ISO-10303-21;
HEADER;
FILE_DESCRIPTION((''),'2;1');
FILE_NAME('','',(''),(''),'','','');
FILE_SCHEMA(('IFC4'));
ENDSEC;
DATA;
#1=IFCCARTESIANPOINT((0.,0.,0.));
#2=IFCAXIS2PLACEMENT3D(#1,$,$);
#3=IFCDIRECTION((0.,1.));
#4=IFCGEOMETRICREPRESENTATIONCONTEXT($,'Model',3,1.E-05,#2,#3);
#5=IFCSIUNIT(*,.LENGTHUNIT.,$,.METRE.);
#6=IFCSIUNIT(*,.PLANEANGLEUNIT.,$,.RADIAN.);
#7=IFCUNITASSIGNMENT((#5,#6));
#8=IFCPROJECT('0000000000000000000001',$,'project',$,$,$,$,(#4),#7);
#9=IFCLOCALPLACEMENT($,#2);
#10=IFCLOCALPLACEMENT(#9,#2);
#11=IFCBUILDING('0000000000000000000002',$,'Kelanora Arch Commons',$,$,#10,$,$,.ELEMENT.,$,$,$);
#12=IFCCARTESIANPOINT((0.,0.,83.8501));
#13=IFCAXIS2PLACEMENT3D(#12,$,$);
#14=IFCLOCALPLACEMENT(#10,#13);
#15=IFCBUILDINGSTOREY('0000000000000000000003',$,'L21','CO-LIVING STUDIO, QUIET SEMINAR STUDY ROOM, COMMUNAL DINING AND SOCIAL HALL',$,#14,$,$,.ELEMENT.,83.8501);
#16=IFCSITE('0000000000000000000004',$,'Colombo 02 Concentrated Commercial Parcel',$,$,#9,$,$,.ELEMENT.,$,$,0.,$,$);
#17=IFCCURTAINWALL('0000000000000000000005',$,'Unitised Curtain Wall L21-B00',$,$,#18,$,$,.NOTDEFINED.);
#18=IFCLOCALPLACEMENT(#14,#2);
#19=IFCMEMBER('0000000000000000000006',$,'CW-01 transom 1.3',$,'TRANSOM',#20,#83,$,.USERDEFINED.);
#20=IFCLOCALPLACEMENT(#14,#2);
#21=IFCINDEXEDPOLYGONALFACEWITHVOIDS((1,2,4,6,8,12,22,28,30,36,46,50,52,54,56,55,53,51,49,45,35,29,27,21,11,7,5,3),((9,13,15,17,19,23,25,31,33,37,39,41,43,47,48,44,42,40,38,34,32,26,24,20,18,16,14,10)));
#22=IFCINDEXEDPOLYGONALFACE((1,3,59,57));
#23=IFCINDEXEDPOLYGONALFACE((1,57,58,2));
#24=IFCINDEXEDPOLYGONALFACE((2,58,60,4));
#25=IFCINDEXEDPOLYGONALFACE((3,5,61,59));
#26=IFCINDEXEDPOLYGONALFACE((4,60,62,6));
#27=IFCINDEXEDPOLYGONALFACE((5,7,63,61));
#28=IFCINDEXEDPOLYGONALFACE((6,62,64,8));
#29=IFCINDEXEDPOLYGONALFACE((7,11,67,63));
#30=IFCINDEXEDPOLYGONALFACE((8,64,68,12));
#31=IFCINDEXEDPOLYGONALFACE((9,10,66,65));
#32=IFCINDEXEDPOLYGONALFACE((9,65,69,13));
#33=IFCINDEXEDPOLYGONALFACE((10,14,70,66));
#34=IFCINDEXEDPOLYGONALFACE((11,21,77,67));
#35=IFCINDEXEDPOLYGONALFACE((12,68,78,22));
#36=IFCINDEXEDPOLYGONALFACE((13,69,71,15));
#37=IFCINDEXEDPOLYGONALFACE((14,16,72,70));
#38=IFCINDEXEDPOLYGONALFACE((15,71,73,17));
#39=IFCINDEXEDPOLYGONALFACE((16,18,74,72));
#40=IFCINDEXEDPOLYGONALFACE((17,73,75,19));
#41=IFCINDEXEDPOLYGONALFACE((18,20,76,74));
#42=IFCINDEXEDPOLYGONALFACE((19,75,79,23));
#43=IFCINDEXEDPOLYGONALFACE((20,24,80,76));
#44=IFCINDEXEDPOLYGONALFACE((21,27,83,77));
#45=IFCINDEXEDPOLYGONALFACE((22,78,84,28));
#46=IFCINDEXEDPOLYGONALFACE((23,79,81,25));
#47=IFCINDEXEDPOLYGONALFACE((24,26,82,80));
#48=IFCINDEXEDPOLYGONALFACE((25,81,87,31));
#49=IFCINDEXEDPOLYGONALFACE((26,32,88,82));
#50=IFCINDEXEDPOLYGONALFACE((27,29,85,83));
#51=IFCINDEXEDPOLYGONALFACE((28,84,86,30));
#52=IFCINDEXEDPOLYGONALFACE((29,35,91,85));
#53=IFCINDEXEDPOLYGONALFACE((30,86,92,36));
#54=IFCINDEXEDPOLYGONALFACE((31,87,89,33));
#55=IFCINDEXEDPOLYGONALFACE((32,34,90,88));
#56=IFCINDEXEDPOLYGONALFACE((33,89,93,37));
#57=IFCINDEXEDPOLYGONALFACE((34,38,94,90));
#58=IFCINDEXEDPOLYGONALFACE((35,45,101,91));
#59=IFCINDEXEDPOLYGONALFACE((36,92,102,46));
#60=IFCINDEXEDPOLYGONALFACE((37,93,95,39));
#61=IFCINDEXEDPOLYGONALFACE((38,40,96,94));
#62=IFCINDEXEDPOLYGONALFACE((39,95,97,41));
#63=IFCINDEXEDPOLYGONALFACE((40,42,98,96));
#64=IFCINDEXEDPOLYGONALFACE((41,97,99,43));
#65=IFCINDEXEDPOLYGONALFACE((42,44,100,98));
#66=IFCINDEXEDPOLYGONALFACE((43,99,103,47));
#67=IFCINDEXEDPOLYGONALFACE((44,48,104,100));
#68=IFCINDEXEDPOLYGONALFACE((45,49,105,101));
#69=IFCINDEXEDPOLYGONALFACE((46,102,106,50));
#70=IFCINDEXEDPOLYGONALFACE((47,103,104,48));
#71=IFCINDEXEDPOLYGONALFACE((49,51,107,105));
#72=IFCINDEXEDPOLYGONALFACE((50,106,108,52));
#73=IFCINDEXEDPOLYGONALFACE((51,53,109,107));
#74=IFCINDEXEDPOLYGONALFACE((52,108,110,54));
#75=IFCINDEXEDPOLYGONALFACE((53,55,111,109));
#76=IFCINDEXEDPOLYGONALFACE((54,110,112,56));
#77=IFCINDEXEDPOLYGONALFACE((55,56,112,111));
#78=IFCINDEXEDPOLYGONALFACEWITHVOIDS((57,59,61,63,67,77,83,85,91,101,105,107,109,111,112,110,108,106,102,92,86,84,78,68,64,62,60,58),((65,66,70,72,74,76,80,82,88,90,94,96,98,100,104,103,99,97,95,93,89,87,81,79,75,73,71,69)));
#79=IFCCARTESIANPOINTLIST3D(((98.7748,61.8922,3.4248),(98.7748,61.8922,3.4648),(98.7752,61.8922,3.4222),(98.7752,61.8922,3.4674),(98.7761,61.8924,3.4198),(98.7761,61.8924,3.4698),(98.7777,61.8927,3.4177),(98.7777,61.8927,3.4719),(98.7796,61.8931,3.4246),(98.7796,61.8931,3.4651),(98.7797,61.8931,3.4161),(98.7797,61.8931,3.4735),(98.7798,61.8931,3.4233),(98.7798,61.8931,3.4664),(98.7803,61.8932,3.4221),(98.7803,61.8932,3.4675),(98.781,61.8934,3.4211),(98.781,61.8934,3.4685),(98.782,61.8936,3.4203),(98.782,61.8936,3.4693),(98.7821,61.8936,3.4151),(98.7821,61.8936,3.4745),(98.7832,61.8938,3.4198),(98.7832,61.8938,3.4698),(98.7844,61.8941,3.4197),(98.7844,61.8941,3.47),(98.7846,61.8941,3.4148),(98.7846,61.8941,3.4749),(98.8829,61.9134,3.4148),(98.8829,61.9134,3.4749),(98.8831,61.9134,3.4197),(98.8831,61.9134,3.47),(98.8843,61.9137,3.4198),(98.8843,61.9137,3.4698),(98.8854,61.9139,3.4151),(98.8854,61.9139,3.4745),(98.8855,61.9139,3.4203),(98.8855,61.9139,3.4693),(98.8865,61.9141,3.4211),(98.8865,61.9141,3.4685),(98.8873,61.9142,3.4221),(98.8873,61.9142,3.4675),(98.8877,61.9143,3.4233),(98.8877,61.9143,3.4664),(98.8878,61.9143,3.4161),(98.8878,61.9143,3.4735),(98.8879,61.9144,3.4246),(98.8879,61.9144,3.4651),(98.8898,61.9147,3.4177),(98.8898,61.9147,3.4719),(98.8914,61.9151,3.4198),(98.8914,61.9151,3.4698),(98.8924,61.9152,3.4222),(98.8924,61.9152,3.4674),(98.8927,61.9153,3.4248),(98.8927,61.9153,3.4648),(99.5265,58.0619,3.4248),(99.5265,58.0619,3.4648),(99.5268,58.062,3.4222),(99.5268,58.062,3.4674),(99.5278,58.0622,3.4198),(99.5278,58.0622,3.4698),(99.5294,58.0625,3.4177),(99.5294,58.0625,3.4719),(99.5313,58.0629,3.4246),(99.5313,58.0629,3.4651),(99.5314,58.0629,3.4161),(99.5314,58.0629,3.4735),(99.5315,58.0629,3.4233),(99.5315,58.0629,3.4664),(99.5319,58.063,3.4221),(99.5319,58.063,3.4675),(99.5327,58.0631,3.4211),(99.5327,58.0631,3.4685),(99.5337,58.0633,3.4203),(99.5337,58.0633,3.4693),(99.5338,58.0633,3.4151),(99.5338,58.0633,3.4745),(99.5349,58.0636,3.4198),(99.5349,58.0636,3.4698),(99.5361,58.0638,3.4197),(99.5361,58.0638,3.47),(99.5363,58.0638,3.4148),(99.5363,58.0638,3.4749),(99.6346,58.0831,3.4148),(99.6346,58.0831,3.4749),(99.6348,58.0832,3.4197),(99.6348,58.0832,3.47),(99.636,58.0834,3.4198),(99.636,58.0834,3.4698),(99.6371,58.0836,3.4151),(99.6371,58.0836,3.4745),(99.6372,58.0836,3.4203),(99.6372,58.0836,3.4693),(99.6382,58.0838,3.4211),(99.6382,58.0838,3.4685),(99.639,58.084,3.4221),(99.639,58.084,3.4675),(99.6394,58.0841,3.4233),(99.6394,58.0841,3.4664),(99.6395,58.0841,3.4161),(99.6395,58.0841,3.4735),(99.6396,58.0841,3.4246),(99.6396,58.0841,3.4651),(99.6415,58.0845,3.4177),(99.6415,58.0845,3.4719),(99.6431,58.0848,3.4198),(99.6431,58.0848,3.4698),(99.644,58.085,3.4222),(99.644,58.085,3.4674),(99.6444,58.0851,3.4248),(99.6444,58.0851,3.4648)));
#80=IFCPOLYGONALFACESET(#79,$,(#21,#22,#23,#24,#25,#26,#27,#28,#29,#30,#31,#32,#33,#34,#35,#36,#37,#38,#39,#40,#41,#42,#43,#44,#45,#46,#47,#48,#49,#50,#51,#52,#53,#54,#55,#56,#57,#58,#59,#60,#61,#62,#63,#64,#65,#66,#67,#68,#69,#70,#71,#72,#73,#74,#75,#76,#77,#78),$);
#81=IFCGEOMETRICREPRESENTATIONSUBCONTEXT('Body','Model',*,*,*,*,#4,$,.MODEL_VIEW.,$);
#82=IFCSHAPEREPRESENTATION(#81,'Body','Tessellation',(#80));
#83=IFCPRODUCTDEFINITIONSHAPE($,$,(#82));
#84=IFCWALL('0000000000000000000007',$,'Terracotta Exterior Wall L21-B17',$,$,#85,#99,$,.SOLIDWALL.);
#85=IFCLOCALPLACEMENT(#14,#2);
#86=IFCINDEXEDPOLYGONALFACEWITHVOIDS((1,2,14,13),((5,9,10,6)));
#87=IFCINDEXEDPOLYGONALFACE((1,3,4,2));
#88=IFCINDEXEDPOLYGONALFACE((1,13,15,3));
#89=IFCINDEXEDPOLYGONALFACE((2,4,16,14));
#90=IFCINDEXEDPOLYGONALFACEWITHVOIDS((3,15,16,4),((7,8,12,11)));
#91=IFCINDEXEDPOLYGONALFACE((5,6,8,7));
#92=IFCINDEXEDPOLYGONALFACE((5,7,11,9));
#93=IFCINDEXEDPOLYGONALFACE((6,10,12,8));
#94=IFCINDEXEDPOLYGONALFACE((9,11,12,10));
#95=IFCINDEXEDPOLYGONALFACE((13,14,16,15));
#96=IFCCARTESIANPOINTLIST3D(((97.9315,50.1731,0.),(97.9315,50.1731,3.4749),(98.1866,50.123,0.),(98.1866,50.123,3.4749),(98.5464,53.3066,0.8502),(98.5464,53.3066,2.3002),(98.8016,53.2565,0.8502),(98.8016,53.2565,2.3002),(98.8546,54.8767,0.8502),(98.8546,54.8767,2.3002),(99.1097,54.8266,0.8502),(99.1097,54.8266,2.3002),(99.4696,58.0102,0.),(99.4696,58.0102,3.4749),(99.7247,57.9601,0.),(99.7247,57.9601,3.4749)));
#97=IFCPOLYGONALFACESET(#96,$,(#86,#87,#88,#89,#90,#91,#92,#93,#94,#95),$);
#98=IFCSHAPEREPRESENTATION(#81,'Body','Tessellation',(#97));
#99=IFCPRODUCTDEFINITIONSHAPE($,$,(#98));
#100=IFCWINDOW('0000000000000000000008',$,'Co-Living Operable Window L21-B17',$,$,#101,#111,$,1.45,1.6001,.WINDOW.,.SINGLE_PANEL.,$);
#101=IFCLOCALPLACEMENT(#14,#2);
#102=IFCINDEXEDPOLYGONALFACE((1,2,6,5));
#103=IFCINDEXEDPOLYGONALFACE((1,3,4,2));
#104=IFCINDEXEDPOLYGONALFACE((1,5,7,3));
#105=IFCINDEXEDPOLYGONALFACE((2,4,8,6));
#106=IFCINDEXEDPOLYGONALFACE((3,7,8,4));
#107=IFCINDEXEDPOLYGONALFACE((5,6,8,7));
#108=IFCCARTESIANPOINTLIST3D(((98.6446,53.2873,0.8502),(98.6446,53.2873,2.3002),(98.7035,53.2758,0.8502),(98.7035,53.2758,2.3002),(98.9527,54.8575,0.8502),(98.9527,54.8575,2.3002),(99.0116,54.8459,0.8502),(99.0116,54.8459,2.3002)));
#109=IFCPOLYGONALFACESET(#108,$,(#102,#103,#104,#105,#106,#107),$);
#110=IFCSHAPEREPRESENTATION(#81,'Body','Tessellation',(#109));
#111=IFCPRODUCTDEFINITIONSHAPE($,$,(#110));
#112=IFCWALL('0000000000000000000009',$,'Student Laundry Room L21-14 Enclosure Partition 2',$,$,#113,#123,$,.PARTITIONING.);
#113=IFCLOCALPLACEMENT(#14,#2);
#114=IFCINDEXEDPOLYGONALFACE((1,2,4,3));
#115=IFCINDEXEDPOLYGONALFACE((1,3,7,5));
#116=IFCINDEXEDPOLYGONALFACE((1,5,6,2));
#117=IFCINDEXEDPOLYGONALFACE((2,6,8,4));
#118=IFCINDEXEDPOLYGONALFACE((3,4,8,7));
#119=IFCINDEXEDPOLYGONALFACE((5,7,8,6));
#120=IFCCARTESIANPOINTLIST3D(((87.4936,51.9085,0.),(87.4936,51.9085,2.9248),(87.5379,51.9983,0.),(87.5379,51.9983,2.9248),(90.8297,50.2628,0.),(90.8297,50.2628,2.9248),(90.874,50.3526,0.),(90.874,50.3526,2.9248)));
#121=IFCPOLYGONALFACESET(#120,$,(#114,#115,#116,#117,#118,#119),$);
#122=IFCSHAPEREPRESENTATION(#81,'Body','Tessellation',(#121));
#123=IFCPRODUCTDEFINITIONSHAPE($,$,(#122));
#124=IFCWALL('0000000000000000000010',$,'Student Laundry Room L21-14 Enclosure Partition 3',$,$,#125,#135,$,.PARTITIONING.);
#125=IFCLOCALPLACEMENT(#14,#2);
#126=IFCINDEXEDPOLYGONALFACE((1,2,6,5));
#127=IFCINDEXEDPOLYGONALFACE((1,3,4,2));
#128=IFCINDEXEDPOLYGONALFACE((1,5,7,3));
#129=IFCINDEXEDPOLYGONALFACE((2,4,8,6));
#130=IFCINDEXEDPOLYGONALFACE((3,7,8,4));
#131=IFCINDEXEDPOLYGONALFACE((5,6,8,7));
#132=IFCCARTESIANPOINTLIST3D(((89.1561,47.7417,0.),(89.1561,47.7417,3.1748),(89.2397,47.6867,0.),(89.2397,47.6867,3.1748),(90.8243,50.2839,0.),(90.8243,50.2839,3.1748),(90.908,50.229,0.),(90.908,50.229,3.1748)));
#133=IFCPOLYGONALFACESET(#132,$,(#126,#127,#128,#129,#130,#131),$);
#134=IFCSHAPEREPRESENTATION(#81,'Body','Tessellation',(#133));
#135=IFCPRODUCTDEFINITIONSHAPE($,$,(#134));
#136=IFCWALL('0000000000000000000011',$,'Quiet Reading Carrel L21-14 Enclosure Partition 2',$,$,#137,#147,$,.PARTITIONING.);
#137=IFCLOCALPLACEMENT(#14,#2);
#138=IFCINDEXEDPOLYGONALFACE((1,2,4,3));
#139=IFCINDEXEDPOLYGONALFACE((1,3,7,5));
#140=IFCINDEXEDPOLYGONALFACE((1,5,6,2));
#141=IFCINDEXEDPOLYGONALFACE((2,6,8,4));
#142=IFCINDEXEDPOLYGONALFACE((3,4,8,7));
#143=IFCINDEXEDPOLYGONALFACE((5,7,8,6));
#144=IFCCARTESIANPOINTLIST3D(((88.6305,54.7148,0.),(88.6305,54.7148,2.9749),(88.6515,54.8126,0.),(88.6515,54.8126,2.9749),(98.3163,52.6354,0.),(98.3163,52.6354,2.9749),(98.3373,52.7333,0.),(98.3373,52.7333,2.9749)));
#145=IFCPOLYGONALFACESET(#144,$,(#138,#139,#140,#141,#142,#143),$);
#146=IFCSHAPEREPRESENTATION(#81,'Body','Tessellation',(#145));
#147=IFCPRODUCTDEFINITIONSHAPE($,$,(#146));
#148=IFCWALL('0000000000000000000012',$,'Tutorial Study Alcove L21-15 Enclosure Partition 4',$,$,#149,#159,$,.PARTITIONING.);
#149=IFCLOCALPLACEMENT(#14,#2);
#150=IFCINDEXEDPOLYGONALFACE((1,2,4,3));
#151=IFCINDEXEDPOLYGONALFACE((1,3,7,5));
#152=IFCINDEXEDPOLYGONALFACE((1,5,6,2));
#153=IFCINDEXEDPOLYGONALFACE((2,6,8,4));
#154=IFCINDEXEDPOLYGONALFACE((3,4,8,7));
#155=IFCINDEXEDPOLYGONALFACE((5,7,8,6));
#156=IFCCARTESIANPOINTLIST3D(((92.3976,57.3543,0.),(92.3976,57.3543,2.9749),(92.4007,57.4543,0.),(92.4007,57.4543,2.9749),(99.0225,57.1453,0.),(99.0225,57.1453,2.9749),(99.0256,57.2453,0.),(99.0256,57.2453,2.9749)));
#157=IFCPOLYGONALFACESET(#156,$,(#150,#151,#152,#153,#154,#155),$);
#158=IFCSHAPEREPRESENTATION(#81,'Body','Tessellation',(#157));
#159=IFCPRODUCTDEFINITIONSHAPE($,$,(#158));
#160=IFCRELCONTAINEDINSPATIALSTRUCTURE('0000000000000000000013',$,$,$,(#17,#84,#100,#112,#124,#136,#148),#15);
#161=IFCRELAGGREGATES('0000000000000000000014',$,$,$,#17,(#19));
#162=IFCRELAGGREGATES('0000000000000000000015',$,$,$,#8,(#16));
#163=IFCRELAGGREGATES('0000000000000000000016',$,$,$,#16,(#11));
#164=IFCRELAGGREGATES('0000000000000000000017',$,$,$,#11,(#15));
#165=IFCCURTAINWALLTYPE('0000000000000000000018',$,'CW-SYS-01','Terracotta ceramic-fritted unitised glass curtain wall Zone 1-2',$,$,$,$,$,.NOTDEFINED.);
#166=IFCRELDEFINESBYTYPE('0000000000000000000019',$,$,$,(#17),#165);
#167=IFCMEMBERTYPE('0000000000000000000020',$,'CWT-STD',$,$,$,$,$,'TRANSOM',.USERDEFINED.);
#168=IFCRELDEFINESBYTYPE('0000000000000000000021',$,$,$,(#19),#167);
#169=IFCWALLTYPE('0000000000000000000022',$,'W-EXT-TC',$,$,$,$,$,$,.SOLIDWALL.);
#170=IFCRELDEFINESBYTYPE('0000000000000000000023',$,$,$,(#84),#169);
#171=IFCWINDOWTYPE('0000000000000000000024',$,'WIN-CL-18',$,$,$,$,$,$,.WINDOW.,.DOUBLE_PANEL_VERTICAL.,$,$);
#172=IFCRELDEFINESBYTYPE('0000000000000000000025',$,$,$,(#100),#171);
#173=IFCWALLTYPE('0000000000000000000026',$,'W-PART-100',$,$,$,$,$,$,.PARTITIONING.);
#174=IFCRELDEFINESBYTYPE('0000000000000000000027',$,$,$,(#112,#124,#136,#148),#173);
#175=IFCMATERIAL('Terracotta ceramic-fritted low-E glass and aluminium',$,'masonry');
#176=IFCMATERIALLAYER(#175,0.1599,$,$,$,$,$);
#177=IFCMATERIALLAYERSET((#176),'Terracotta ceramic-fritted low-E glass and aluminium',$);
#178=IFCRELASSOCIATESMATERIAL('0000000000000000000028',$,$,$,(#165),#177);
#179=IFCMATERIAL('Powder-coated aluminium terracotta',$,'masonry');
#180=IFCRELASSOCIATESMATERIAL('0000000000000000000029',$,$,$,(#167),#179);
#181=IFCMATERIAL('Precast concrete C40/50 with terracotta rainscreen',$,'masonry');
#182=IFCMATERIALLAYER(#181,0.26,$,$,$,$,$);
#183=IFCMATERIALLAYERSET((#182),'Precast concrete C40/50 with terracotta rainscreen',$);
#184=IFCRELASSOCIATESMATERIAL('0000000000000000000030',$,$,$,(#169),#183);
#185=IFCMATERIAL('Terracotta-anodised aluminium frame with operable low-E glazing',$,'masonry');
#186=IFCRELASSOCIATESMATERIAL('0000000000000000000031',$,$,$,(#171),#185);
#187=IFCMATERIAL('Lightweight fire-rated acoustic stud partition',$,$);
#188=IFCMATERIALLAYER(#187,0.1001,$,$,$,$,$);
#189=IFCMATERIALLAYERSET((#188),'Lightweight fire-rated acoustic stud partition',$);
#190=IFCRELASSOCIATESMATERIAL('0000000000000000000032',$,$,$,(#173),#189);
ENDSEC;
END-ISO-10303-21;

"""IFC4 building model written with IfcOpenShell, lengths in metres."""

from ifc_helpers import new_model, si_unit, direction, frame, frame_2d, origin, origin_2d, place, context, subcontext, project, spatial, rectangle, hollow_rectangle, extrude, material, layer, layer_set, material_profile, profile_set, type_object, element, fill, aggregate, save


model = new_model("IFC4")

# Units and contexts
model_context = context("Model", 3, precision=1e-05, world=origin(), true_north=direction((0.0, 1.0)))
body_context = subcontext(model_context, "Body", "Model", "MODEL_VIEW")
ifc_project = project(units=[si_unit("LENGTHUNIT", "METRE"), si_unit("PLANEANGLEUNIT", "RADIAN")], contexts=[model_context])

# Site, building, storey
site_placement = place(None, origin())
site = spatial("IfcSite", under=ifc_project, at=site_placement, Name="Colombo 02 Concentrated Commercial Parcel", CompositionType="ELEMENT", RefElevation=0.0)
building_placement = place(site_placement, origin())
building = spatial("IfcBuilding", under=site, at=building_placement, Name="Kelanora Arch Commons", CompositionType="ELEMENT")
storey_placement = place(building_placement, frame((0.0, 0.0, 83.8501)))
storey = spatial("IfcBuildingStorey", under=building, at=storey_placement, Name="L21", Description="CO-LIVING STUDIO, QUIET SEMINAR STUDY ROOM, COMMUNAL DINING AND SOCIAL HALL", CompositionType="ELEMENT", Elevation=83.8501)

# Curtain wall
ifc_material_1 = material(Name="Terracotta ceramic-fritted low-E glass and aluminium", Category="masonry")
ifc_layer_1 = layer(ifc_material_1, 0.1599)
ifc_layer_set_1 = layer_set([ifc_layer_1], Name="Terracotta ceramic-fritted low-E glass and aluminium")
curtain_wall_type = type_object("IfcCurtainWallType", Name="CW-SYS-01", Description="Terracotta ceramic-fritted unitised glass curtain wall Zone 1-2", PredefinedType="NOTDEFINED", material=ifc_layer_set_1)
curtain_wall_1_placement = place(storey_placement, origin())
curtain_wall_1 = element("IfcCurtainWall", 1, at=curtain_wall_1_placement, inside=storey, type_object=curtain_wall_type, Name="Unitised Curtain Wall L21-B00", PredefinedType="NOTDEFINED")
ifc_material_2 = material(Name="Powder-coated aluminium terracotta", Category="masonry")

# Member
ifc_material_profile_1 = material_profile(ifc_material_2, hollow_rectangle(XDim=0.1201, YDim=0.0601, WallThickness=0.0049, InnerFilletRadius=0.0049, OuterFilletRadius=0.01, at=origin_2d()), Name="CWT120x60")
ifc_profile_set_1 = profile_set([ifc_material_profile_1], Name="Powder-coated aluminium terracotta")
member_type_1 = type_object("IfcMemberType", Name="CWT-STD", ElementType="TRANSOM", PredefinedType="USERDEFINED", material=ifc_profile_set_1)
member_1_placement = place(storey_placement, frame((99.5854, 58.0735, 3.4448), z_axis=(-0.192579, 0.981282, 0.0), x_axis=(-0.981282, -0.192579, 0.0)))
member_1 = element("IfcMember", 2, at=member_1_placement, type_object=member_type_1, Name="CW-01 transom 1.3", ObjectType="TRANSOM", PredefinedType="USERDEFINED", context=body_context, shape_type="SweptSolid", body=[
    extrude(hollow_rectangle(XDim=0.1201, YDim=0.0601, WallThickness=0.0049, InnerFilletRadius=0.0049, OuterFilletRadius=0.01, at=origin_2d()), origin(), (0.0, 0.0, 1.0), 3.9033),
])
aggregate(curtain_wall_1, [member_1])

# Wall, opening, window
ifc_material_3 = material(Name="Precast concrete C40/50 with terracotta rainscreen", Category="masonry")
ifc_layer_2 = layer(ifc_material_3, 0.26)
ifc_layer_set_2 = layer_set([ifc_layer_2], Name="Precast concrete C40/50 with terracotta rainscreen")
wall_type_1 = type_object("IfcWallType", Name="W-EXT-TC", PredefinedType="SOLIDWALL", material=ifc_layer_set_2)
wall_1_placement = place(storey_placement, frame((98.0591, 50.1482, 0.0), z_axis=(0.0, 0.0, 1.0), x_axis=(0.192582, 0.981281, 0.0)))
wall_1 = element("IfcWall", 3, at=wall_1_placement, inside=storey, type_object=wall_type_1, Name="Terracotta Exterior Wall L21-B17", PredefinedType="SOLIDWALL", context=body_context, shape_type="SweptSolid", body=[
    extrude(rectangle(XDim=7.9866, YDim=0.26, at=frame_2d((3.9932, 0.0))), origin(), (0.0, 0.0, 1.0), 3.4749),
])
opening_1_placement = place(wall_1_placement, frame((3.1931, 0.0, 0.8501)))
opening_1 = element("IfcOpeningElement", 4, at=opening_1_placement, cuts=wall_1, PredefinedType="OPENING", context=body_context, shape_type="SweptSolid", body=[
    extrude(rectangle(XDim=1.6001, YDim=1.45, at=frame_2d((0.8, 0.7251))), frame((0.0, 0.1401, 0.0), z_axis=(0.0, -1.0, 0.0), x_axis=(1.0, 0.0, 0.0)), (0.0, 0.0, 1.0), 0.28),
])
ifc_material_4 = material(Name="Terracotta-anodised aluminium frame with operable low-E glazing", Category="masonry")
window_type = type_object("IfcWindowType", Name="WIN-CL-18", PartitioningType="DOUBLE_PANEL_VERTICAL", PredefinedType="WINDOW", material=ifc_material_4)
window_placement = place(opening_1_placement, origin())
window = element("IfcWindow", 5, at=window_placement, inside=storey, type_object=window_type, Name="Co-Living Operable Window L21-B17", OverallHeight=1.45, OverallWidth=1.6001, PartitioningType="SINGLE_PANEL", PredefinedType="WINDOW", context=body_context, shape_type="SweptSolid", body=[
    extrude(rectangle(XDim=1.6001, YDim=1.45, at=frame_2d((0.8, 0.7251))), frame((0.0, 0.03, 0.0), z_axis=(0.0, -1.0, 0.0), x_axis=(1.0, 0.0, 0.0)), (0.0, 0.0, 1.0), 0.0601),
])
fill(opening_1, window)

# Walls
ifc_material_5 = material(Name="Lightweight fire-rated acoustic stud partition")
ifc_layer_3 = layer(ifc_material_5, 0.1001)
ifc_layer_set_3 = layer_set([ifc_layer_3], Name="Lightweight fire-rated acoustic stud partition")
wall_type_2 = type_object("IfcWallType", Name="W-PART-100", PredefinedType="PARTITIONING", material=ifc_layer_set_3)
wall_2_placement = place(storey_placement, frame((87.5159, 51.9534, 0.0), z_axis=(0.0, 0.0, 1.0), x_axis=(0.896816, -0.442403, 0.0)))
element("IfcWall", 6, at=wall_2_placement, inside=storey, type_object=wall_type_2, Name="Student Laundry Room L21-14 Enclosure Partition 2", PredefinedType="PARTITIONING", context=body_context, shape_type="SweptSolid", body=[
    extrude(rectangle(XDim=3.72, YDim=0.1001, at=frame_2d((1.8599, 0.0))), origin(), (0.0, 0.0, 1.0), 2.9248),
])
wall_3_placement = place(storey_placement, frame((90.8662, 50.2566, 0.0), z_axis=(0.0, 0.0, 1.0), x_axis=(-0.548627, -0.836067, 0.0)))
element("IfcWall", 7, at=wall_3_placement, inside=storey, type_object=wall_type_2, Name="Student Laundry Room L21-14 Enclosure Partition 3", PredefinedType="PARTITIONING", context=body_context, shape_type="SweptSolid", body=[
    extrude(rectangle(XDim=3.0408, YDim=0.1001, at=frame_2d((1.5205, 0.0))), origin(), (0.0, 0.0, 1.0), 3.1748),
])
wall_4_placement = place(storey_placement, frame((88.6411, 54.7637, 0.0), z_axis=(0.0, 0.0, 1.0), x_axis=(0.977723, -0.209898, 0.0)))
element("IfcWall", 8, at=wall_4_placement, inside=storey, type_object=wall_type_2, Name="Quiet Reading Carrel L21-14 Enclosure Partition 2", PredefinedType="PARTITIONING", context=body_context, shape_type="SweptSolid", body=[
    extrude(rectangle(XDim=9.9065, YDim=0.1001, at=frame_2d((4.9531, 0.0))), origin(), (0.0, 0.0, 1.0), 2.9749),
])
wall_5_placement = place(storey_placement, frame((99.0239, 57.1953, 0.0), z_axis=(0.0, 0.0, 1.0), x_axis=(-0.999503, 0.031529, 0.0)))
element("IfcWall", 9, at=wall_5_placement, inside=storey, type_object=wall_type_2, Name="Tutorial Study Alcove L21-15 Enclosure Partition 4", PredefinedType="PARTITIONING", context=body_context, shape_type="SweptSolid", body=[
    extrude(rectangle(XDim=6.6282, YDim=0.1001, at=frame_2d((3.314, 0.0))), origin(), (0.0, 0.0, 1.0), 2.9749),
])

save(model, "model.ifc")
